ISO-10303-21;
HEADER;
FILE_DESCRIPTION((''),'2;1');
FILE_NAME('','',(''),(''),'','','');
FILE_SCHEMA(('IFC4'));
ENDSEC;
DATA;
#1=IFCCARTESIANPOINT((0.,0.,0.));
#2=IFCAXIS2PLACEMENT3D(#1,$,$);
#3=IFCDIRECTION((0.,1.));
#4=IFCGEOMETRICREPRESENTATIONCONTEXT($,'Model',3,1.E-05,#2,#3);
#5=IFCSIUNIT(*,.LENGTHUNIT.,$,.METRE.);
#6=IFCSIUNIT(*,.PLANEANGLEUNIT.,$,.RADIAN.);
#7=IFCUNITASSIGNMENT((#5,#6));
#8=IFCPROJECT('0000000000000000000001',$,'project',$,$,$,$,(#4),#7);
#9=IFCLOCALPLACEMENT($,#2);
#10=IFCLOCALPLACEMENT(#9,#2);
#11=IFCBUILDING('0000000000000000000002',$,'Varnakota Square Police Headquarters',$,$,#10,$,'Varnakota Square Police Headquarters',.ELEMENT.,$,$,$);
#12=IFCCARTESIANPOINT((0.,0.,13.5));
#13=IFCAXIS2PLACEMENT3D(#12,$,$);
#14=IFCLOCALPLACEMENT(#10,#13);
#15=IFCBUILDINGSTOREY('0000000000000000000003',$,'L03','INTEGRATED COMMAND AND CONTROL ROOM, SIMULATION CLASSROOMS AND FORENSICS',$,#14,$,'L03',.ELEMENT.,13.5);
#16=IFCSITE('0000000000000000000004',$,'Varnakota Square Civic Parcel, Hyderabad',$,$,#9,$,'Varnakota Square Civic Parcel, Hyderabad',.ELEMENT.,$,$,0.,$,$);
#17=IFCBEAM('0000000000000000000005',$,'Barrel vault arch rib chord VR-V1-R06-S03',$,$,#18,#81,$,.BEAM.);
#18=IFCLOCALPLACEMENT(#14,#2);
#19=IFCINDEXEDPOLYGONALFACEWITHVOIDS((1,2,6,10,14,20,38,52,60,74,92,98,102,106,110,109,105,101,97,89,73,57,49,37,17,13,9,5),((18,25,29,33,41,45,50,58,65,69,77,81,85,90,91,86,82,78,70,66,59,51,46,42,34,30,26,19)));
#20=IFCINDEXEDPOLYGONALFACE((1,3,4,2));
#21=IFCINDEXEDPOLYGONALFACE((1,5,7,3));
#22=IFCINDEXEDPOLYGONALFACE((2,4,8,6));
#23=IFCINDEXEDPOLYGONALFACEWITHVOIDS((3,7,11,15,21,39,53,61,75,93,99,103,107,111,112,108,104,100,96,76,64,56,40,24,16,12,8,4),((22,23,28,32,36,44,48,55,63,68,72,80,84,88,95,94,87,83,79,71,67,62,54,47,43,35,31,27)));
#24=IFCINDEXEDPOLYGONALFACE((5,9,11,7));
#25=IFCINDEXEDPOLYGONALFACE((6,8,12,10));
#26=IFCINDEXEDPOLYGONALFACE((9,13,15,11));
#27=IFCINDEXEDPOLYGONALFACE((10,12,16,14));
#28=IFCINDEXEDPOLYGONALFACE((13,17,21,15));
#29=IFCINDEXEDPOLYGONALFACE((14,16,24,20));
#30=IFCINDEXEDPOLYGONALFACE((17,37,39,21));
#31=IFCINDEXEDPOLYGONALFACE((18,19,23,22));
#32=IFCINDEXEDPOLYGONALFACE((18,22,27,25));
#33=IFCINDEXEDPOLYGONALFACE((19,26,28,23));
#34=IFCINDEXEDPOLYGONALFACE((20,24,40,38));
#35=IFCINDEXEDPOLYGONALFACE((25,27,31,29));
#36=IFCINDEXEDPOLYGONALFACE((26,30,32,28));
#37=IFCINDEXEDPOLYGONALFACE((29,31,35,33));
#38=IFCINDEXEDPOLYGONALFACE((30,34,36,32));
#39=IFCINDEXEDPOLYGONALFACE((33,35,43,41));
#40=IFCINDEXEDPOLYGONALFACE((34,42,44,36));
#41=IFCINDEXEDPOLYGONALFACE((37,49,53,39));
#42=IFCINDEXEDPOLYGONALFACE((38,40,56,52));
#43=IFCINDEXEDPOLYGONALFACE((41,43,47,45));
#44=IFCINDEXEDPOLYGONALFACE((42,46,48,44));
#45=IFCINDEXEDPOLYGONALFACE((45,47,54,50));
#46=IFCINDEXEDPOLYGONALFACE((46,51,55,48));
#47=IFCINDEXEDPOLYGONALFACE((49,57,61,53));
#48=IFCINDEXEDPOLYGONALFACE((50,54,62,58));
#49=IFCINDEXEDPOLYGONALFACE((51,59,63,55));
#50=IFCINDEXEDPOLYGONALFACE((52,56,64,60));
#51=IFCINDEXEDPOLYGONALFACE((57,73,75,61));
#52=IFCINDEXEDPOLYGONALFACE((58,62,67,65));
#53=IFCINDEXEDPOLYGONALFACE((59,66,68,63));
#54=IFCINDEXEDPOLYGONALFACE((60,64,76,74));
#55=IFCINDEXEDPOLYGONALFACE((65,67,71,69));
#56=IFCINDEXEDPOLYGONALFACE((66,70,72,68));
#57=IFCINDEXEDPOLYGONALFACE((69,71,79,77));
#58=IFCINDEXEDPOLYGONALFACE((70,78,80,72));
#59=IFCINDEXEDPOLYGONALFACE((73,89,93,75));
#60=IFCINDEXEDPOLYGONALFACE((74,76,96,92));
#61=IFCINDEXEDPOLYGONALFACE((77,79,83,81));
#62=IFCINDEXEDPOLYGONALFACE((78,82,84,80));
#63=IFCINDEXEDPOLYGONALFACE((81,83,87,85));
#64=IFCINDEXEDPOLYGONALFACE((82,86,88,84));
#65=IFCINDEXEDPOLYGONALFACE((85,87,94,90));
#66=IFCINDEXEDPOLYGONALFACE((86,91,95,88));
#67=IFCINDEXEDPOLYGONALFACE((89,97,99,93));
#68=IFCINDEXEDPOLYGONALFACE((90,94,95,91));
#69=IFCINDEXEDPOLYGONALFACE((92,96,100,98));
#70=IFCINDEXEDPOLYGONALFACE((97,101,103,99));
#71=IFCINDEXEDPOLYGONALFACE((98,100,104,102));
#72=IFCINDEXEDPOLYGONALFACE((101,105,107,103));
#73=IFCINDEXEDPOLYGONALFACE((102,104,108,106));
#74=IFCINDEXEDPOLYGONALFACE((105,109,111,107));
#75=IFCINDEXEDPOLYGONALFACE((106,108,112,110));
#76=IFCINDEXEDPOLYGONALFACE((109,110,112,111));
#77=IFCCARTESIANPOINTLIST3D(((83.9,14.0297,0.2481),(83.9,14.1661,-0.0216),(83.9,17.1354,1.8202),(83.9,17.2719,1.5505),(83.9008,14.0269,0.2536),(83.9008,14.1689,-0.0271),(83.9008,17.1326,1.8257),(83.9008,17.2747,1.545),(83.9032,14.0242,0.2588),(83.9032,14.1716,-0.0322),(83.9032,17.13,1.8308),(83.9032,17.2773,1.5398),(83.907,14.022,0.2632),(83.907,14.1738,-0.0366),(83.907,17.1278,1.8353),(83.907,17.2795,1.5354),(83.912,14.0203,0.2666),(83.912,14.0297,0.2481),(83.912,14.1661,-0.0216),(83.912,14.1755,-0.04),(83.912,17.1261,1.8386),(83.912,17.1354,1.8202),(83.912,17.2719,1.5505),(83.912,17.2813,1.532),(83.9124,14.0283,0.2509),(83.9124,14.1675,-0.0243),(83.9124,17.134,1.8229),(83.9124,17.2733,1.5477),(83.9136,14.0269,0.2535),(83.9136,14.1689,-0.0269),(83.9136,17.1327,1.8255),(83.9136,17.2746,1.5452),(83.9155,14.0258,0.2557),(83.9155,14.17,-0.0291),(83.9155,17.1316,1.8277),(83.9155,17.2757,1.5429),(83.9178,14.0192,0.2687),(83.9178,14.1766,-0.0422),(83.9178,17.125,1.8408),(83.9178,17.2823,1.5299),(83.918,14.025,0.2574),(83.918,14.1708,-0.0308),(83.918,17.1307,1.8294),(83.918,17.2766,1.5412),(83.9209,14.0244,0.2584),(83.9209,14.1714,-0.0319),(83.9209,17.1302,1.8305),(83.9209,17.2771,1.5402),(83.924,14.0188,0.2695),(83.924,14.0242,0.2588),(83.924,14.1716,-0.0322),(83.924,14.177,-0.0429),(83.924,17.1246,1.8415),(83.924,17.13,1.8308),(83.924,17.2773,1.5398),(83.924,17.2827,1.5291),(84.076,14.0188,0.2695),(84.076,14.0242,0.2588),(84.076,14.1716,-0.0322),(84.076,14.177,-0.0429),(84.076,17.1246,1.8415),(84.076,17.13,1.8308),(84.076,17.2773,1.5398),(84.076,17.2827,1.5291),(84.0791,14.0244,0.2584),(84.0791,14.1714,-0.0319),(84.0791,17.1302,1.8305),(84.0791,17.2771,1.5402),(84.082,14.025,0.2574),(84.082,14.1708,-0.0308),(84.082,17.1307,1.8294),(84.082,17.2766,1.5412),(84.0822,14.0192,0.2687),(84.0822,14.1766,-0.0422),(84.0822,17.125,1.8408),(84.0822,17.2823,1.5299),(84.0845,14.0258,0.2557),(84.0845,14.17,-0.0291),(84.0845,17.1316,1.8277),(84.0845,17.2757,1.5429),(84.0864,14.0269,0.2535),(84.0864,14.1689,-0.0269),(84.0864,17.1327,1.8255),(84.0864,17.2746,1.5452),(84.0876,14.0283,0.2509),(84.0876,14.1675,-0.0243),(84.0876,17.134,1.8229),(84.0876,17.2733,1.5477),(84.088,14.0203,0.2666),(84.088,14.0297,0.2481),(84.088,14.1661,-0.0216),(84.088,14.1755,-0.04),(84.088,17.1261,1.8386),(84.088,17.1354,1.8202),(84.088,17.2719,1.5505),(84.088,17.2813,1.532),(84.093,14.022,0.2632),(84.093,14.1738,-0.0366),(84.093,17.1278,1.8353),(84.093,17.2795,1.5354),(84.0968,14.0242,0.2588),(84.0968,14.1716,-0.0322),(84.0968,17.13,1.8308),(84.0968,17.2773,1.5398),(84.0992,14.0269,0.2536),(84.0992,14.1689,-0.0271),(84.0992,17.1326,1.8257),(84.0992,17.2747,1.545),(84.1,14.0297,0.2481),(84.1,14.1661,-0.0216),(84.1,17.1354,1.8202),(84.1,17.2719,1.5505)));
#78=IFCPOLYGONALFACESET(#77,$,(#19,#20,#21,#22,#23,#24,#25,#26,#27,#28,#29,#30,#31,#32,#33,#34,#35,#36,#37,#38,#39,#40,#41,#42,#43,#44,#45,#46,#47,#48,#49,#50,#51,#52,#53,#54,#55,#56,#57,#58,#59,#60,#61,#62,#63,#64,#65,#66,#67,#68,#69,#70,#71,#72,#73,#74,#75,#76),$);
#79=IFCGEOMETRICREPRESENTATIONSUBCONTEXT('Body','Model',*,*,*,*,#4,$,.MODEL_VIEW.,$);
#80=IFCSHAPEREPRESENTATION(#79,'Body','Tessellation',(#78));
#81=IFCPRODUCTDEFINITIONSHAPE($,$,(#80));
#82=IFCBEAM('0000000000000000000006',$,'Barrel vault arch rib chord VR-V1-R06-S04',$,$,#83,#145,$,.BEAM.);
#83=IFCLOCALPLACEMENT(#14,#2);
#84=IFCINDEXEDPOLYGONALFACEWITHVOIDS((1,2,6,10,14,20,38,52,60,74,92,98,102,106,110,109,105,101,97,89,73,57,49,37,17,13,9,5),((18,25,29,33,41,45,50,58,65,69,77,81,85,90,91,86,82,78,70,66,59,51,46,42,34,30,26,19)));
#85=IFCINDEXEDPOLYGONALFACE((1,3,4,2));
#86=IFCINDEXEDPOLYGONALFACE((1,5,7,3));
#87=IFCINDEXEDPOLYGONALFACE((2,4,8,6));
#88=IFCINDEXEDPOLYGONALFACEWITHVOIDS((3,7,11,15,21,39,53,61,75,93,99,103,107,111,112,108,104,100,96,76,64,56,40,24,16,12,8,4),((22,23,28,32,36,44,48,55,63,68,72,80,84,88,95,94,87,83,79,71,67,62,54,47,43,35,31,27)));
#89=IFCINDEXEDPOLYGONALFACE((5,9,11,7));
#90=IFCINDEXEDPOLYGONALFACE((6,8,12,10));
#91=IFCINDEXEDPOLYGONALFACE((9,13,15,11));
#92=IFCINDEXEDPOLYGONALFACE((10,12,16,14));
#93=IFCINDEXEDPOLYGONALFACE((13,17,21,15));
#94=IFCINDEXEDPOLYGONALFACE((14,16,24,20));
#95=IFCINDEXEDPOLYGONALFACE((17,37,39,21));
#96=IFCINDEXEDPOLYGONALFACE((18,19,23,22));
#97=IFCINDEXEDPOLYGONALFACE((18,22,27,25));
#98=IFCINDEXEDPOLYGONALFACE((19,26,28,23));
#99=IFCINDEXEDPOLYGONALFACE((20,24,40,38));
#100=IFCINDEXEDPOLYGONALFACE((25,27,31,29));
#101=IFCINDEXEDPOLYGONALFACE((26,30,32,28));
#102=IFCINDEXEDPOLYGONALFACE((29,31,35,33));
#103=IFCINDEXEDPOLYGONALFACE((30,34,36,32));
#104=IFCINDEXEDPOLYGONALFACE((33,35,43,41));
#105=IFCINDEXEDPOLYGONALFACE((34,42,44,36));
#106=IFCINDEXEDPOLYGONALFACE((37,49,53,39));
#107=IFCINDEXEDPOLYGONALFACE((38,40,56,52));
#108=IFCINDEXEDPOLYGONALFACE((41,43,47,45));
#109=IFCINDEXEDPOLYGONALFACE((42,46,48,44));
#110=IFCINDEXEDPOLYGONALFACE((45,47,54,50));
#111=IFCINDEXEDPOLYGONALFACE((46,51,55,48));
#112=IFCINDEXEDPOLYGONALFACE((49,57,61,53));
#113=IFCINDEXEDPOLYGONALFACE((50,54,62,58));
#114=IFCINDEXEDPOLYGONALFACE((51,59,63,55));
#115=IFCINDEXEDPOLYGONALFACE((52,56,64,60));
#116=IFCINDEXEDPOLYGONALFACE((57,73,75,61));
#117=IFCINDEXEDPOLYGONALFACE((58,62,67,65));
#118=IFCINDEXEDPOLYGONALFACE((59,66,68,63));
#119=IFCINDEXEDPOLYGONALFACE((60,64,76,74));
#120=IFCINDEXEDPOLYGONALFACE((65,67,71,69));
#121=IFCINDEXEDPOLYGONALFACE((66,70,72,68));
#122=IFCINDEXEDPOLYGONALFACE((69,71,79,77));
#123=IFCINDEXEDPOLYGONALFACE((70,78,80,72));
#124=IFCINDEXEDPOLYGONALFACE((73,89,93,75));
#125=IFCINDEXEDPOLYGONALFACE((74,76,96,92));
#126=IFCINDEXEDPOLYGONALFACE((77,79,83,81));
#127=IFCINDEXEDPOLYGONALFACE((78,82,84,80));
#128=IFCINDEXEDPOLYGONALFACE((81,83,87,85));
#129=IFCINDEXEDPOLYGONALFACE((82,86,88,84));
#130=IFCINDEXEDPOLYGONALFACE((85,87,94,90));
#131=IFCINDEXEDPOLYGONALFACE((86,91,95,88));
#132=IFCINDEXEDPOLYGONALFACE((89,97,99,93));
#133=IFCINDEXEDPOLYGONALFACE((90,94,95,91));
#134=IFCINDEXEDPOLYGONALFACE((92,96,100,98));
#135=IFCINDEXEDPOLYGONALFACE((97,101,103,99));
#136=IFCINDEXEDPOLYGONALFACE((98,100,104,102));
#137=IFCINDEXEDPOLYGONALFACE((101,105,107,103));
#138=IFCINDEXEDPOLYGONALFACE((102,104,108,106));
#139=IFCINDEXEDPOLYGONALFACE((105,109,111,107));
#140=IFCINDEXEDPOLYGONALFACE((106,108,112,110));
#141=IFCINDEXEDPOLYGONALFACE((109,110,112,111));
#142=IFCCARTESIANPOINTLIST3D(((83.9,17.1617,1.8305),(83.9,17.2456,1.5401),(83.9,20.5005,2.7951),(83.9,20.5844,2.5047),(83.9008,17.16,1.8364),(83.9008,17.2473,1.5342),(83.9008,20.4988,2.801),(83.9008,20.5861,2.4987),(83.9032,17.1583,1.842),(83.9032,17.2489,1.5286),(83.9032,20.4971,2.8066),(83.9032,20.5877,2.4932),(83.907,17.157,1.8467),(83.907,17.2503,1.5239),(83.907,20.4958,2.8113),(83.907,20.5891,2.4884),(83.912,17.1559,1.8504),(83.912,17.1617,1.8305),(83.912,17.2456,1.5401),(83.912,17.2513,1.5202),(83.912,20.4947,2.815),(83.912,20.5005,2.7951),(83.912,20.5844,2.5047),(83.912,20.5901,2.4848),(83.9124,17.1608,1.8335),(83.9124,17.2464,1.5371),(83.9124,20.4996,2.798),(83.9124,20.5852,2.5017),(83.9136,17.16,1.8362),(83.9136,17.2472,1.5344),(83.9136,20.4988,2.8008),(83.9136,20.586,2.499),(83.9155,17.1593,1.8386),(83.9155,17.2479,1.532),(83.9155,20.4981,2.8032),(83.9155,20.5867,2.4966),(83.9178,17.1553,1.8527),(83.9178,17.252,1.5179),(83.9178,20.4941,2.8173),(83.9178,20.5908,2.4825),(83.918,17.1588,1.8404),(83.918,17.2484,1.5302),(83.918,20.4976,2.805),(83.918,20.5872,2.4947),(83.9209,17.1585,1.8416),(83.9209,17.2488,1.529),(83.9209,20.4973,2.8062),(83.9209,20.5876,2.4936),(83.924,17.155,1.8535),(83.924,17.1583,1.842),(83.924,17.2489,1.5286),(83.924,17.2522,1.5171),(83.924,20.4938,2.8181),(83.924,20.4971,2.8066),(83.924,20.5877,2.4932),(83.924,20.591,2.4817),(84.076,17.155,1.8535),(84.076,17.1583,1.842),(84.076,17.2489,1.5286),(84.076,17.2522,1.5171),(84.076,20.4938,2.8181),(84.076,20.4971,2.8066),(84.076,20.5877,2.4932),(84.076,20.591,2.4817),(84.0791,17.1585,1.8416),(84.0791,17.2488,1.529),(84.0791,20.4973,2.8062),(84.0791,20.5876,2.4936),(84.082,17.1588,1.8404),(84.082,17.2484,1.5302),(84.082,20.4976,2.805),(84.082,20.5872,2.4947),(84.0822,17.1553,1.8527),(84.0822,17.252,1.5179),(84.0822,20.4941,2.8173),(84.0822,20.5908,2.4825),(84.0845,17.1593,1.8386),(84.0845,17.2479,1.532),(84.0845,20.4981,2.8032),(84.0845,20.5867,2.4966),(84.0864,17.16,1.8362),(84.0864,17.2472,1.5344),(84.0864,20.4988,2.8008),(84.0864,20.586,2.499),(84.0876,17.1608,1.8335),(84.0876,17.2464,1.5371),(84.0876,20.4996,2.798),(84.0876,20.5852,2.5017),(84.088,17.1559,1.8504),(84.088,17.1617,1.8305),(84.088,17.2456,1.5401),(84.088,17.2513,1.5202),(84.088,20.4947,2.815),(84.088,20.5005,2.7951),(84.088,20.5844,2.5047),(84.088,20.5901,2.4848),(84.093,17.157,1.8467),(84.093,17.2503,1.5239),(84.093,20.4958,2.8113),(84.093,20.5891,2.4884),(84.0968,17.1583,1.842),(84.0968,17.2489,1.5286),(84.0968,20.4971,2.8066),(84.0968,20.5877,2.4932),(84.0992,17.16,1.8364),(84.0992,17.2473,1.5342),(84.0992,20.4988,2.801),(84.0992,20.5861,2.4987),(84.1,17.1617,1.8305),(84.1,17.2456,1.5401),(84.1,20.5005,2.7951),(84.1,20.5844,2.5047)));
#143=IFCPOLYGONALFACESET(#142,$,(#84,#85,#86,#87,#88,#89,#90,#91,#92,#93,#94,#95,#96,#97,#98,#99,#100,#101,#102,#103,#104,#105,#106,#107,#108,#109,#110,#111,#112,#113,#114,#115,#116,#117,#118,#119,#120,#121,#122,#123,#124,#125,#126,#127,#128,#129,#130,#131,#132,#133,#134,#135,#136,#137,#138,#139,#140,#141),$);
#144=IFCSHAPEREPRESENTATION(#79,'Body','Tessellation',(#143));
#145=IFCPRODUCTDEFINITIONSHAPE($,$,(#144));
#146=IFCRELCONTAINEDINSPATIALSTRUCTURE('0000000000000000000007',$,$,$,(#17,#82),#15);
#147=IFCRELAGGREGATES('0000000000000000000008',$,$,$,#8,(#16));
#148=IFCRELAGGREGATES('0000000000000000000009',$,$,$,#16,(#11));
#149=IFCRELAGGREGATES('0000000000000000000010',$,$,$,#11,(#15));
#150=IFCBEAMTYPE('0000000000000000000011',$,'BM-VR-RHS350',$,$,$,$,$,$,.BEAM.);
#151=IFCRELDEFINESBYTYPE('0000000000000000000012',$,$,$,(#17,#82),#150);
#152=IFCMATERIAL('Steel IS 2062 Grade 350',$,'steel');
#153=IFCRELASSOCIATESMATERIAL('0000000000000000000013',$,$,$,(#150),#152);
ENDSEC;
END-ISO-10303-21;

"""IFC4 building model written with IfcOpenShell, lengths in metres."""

from ifc_helpers import new_model, si_unit, direction, frame, origin, origin_2d, place, context, subcontext, project, spatial, hollow_rectangle, extrude, material, material_profile, profile_set, type_object, element, save


model = new_model("IFC4")

# Units and contexts
model_context = context("Model", 3, precision=1e-05, world=origin(), true_north=direction((0.0, 1.0)))
body_context = subcontext(model_context, "Body", "Model", "MODEL_VIEW")
ifc_project = project(units=[si_unit("LENGTHUNIT", "METRE"), si_unit("PLANEANGLEUNIT", "RADIAN")], contexts=[model_context])

# Site, building, storey
site_placement = place(None, origin())
site = spatial("IfcSite", under=ifc_project, at=site_placement, Name="Varnakota Square Civic Parcel, Hyderabad", LongName="Varnakota Square Civic Parcel, Hyderabad", CompositionType="ELEMENT", RefElevation=0.0)
building_placement = place(site_placement, origin())
building = spatial("IfcBuilding", under=site, at=building_placement, Name="Varnakota Square Police Headquarters", LongName="Varnakota Square Police Headquarters", CompositionType="ELEMENT")
storey_placement = place(building_placement, frame((0.0, 0.0, 13.5)))
storey = spatial("IfcBuildingStorey", under=building, at=storey_placement, Name="L03", Description="INTEGRATED COMMAND AND CONTROL ROOM, SIMULATION CLASSROOMS AND FORENSICS", LongName="L03", CompositionType="ELEMENT", Elevation=13.5)

# Beams
ifc_material_1 = material(Name="Steel IS 2062 Grade 350", Category="steel")
ifc_material_profile_1 = material_profile(ifc_material_1, hollow_rectangle(XDim=0.2, YDim=0.3501, WallThickness=0.012, InnerFilletRadius=0.012, OuterFilletRadius=0.0239, at=origin_2d()), Name="RHS 350x200x12")
ifc_profile_set_1 = profile_set([ifc_material_profile_1], Name="Steel IS 2062 Grade 350")
beam_type = type_object("IfcBeamType", Name="BM-VR-RHS350", PredefinedType="BEAM", material=ifc_profile_set_1)
for number, where, z_axis, x_axis, name in (
    (1, (84.0, 14.0979, 0.1133), (0.0, 0.892214, 0.451613), (-1.0, 0.0, 0.0), "Barrel vault arch rib chord VR-V1-R06-S03"),
):
    element("IfcBeam", number, at=place(storey_placement, frame(where, z_axis=z_axis, x_axis=x_axis)), inside=storey, type_object=beam_type, Name=name, PredefinedType="BEAM", context=body_context, shape_type="SweptSolid", body=[
        extrude(hollow_rectangle(XDim=0.2, YDim=0.3501, WallThickness=0.012, InnerFilletRadius=0.012, OuterFilletRadius=0.0239, at=origin_2d()), origin(), (0.0, 0.0, 1.0), 3.481),
    ])
beam_1_placement = place(storey_placement, frame((84.0, 17.2036, 1.6853), z_axis=(0.0, 0.960711, 0.27755), x_axis=(-1.0, 0.0, 0.0)))
element("IfcBeam", 2, at=beam_1_placement, inside=storey, type_object=beam_type, Name="Barrel vault arch rib chord VR-V1-R06-S04", PredefinedType="BEAM", context=body_context, shape_type="SweptSolid", body=[
    extrude(hollow_rectangle(XDim=0.2, YDim=0.3501, WallThickness=0.012, InnerFilletRadius=0.012, OuterFilletRadius=0.0239, at=origin_2d()), origin(), (0.0, 0.0, 1.0), 3.4753),
])

save(model, "model.ifc")
